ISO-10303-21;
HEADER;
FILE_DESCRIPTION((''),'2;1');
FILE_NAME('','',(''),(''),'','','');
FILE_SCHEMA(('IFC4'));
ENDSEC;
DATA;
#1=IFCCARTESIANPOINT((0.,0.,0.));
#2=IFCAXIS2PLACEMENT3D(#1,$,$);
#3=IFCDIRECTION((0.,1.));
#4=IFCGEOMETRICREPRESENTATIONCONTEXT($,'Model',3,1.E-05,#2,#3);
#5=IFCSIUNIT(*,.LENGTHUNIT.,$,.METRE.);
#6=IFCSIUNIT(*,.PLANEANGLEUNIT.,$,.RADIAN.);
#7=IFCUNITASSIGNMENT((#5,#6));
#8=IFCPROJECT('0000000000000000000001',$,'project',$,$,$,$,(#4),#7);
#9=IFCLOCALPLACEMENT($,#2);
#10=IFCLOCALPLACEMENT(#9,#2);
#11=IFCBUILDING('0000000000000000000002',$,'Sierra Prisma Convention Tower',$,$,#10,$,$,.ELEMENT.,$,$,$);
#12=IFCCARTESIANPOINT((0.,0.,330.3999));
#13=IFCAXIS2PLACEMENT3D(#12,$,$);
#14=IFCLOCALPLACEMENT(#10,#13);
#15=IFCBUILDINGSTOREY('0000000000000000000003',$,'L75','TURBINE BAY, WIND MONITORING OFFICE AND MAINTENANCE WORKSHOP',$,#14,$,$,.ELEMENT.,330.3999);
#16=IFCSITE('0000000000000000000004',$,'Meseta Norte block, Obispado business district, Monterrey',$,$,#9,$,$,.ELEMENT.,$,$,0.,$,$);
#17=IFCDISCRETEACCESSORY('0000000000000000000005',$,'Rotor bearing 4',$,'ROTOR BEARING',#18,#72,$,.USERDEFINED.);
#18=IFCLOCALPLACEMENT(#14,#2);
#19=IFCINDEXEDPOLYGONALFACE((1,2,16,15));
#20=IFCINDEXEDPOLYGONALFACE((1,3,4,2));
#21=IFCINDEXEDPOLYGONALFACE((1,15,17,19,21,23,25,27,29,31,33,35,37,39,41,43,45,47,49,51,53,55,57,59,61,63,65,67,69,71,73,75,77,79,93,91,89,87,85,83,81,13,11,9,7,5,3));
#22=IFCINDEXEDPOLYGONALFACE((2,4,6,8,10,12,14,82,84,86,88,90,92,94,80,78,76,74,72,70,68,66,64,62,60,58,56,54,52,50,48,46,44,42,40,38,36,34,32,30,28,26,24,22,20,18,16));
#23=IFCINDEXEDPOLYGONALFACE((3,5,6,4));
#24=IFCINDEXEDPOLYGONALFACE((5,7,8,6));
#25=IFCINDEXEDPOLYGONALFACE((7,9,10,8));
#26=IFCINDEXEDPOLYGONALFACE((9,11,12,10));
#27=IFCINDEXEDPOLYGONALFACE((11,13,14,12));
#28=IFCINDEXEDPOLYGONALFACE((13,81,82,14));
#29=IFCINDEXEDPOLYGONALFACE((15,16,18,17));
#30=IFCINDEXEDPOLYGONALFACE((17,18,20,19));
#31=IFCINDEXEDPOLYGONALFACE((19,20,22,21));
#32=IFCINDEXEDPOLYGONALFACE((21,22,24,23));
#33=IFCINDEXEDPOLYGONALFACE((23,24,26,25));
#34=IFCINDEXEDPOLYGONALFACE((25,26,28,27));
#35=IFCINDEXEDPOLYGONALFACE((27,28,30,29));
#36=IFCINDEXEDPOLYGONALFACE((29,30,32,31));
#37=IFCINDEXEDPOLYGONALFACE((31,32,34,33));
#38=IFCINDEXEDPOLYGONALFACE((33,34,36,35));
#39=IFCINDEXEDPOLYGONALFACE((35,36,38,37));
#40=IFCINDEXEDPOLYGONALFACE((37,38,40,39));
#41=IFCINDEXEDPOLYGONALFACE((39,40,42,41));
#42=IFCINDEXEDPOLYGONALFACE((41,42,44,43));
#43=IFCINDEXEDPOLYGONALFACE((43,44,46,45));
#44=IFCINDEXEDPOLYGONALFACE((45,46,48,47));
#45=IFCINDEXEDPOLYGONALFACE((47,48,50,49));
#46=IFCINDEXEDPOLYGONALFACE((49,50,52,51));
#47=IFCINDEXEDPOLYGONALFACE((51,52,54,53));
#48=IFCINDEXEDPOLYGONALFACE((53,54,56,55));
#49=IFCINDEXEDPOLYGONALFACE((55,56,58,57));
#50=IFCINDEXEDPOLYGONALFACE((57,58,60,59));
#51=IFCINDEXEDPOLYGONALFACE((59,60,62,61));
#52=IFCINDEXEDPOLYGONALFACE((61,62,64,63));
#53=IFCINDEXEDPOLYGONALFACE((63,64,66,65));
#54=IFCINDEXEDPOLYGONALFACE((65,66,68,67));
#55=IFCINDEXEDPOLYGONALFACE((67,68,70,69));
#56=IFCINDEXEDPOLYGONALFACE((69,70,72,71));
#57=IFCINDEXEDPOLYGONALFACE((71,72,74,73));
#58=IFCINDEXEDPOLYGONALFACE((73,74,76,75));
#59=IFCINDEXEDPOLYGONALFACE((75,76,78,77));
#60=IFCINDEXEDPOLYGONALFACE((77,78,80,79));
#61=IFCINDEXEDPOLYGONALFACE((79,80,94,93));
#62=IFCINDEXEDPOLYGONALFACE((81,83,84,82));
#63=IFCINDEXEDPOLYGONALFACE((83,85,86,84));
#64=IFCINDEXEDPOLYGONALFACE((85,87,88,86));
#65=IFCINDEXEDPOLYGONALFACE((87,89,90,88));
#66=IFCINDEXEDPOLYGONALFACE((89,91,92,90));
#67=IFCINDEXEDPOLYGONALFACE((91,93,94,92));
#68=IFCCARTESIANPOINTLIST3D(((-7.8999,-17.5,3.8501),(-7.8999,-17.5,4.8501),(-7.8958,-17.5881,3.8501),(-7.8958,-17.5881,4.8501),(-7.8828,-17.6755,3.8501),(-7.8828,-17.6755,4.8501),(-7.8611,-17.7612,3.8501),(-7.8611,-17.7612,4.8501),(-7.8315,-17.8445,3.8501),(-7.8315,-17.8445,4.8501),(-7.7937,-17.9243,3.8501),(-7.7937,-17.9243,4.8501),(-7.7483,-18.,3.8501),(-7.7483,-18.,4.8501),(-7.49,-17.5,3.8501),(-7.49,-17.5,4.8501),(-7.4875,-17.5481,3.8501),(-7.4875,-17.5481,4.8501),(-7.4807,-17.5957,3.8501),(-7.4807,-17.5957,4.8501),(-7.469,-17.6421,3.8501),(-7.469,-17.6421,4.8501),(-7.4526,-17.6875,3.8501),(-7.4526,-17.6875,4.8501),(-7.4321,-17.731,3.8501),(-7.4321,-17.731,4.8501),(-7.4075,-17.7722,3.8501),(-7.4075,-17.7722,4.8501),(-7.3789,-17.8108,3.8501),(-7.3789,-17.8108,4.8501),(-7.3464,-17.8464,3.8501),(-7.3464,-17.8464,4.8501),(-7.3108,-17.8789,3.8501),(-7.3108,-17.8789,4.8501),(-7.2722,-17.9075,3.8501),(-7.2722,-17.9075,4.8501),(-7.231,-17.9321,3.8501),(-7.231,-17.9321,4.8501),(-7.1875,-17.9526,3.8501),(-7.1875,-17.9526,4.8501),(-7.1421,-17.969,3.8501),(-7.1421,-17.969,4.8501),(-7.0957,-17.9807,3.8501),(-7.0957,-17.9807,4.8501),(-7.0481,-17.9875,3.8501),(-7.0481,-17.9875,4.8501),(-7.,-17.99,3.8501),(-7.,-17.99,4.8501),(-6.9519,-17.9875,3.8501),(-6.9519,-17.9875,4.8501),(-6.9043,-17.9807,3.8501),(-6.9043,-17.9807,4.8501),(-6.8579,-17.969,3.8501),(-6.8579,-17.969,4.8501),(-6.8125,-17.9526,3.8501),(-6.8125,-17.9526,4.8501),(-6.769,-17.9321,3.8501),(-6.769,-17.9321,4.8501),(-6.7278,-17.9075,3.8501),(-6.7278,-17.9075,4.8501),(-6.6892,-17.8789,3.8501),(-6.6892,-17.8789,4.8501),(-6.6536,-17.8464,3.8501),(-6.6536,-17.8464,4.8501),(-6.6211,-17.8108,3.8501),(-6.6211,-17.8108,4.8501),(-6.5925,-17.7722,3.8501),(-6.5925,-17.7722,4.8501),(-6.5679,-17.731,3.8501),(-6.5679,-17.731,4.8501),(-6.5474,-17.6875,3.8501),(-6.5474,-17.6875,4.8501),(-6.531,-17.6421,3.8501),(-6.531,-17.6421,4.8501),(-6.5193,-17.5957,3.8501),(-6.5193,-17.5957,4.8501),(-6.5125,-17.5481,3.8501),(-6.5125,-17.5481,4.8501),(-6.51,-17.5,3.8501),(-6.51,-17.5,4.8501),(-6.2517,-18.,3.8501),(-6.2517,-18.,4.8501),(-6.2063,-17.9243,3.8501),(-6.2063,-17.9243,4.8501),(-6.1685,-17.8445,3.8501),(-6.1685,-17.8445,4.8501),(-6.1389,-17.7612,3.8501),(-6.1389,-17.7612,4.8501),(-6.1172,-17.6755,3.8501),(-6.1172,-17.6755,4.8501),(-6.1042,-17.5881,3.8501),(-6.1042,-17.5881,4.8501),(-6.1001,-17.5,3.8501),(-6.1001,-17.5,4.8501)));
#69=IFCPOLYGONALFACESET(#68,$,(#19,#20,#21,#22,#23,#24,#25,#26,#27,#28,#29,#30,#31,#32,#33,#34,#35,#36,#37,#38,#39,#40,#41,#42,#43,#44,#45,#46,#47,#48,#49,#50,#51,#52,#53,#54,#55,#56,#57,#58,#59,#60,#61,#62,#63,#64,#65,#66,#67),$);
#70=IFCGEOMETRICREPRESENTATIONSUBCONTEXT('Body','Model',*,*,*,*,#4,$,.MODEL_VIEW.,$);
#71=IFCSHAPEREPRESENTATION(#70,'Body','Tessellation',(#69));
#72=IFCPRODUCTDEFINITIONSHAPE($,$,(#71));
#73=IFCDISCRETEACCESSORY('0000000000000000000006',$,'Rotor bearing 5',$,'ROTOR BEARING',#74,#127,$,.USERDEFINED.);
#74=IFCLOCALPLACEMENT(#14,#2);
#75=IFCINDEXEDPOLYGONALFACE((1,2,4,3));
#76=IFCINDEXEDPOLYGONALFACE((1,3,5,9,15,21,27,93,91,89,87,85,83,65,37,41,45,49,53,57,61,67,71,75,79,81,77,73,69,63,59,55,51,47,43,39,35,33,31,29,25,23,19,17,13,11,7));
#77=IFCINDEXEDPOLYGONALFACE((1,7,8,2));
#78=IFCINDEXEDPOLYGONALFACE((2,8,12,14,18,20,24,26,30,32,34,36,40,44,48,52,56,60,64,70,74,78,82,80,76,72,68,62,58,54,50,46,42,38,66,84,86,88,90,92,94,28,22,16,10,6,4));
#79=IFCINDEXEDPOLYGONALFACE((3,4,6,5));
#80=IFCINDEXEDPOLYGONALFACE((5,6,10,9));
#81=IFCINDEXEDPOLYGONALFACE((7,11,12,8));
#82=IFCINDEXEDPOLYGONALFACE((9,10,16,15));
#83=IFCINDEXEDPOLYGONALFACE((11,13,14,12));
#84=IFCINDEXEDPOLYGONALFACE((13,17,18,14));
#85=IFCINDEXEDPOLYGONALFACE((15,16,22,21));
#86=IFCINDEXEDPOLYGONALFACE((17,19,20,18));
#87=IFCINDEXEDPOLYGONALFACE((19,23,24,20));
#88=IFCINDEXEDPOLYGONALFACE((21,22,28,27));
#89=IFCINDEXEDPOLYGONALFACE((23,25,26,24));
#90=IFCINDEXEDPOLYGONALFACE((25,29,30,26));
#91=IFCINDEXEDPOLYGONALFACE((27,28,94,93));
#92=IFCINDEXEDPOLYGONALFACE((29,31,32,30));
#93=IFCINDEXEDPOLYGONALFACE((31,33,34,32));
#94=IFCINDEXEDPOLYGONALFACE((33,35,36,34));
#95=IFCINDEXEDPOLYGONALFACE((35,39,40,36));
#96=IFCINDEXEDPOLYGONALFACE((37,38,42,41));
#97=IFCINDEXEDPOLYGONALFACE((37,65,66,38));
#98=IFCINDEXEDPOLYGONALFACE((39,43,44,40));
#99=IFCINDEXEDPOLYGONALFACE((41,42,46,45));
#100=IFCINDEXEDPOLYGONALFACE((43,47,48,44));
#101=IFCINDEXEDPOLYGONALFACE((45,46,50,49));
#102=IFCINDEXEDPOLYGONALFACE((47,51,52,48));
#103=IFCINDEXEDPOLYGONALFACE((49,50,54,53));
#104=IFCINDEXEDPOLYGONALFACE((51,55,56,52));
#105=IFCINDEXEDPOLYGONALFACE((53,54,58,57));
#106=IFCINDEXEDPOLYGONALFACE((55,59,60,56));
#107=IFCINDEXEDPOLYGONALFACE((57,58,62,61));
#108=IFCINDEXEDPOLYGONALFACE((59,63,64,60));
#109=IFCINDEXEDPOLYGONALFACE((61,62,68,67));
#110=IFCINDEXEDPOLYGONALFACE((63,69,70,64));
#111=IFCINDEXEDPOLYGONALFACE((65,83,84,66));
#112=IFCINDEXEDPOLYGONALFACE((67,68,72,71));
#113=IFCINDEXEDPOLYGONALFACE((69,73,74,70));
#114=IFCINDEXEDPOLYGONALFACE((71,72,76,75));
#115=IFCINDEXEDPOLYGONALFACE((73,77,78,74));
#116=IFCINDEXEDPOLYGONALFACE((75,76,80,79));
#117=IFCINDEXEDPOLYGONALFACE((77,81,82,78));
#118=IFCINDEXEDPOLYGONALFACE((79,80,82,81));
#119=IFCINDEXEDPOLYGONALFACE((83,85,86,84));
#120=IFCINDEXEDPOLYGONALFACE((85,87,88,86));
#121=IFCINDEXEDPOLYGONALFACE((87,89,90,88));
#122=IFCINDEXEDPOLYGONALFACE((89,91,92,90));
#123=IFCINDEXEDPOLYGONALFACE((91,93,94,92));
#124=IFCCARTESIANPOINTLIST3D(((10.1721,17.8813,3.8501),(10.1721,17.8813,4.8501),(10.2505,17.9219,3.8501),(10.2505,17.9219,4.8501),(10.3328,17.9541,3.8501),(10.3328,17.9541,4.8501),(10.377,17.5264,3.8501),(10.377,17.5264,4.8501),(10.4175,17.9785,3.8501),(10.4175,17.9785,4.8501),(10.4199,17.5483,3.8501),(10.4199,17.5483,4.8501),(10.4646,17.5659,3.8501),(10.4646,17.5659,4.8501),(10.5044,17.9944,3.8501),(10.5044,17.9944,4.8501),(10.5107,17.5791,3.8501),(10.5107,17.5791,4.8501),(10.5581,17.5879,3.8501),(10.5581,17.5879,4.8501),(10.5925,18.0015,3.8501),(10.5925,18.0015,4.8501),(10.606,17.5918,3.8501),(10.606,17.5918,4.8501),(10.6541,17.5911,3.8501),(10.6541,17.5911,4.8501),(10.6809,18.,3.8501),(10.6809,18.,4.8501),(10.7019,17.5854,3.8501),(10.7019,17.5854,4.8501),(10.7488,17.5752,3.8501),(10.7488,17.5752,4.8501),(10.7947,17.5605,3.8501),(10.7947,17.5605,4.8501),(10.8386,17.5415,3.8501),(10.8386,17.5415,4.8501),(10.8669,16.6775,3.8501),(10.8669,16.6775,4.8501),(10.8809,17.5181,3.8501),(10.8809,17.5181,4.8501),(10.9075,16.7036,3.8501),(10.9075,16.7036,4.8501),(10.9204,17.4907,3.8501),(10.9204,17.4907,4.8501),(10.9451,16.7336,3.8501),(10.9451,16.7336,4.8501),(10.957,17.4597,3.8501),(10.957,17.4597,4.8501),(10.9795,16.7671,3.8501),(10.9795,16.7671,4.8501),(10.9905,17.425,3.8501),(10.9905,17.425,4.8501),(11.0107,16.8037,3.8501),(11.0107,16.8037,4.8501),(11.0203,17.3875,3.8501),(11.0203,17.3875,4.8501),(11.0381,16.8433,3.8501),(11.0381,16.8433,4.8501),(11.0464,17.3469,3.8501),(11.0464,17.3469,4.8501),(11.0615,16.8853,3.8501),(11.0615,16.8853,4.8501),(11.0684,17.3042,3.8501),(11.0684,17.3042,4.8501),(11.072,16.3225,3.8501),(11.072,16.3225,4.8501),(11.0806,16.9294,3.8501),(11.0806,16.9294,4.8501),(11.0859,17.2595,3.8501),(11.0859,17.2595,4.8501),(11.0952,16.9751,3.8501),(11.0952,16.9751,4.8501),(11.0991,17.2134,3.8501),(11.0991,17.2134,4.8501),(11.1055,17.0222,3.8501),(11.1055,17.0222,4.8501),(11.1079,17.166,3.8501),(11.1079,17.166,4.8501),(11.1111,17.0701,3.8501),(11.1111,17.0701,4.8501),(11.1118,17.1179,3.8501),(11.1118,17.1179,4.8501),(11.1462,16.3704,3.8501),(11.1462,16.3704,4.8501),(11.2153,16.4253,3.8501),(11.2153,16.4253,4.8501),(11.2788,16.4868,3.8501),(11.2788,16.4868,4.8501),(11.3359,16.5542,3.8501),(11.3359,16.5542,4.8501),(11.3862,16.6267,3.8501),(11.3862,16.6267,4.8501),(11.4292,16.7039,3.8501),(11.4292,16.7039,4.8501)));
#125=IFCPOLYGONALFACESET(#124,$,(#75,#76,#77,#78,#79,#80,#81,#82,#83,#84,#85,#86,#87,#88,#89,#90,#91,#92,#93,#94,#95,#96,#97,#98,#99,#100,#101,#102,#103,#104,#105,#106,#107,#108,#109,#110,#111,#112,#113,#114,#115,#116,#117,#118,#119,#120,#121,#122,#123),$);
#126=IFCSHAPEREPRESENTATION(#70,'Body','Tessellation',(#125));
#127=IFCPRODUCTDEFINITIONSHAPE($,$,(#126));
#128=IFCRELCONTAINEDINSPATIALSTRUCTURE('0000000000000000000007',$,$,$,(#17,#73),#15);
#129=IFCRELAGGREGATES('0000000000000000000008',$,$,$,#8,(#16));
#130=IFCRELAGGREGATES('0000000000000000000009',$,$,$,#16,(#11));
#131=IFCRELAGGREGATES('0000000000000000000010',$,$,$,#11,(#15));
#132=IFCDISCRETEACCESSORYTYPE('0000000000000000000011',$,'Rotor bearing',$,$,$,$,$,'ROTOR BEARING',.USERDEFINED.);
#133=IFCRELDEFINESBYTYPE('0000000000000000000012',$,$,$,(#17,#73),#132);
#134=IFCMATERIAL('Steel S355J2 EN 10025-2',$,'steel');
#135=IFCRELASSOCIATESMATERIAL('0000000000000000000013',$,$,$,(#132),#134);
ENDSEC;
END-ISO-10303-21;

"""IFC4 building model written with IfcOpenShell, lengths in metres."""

from ifc_helpers import new_model, si_unit, direction, frame, origin, place, context, subcontext, project, spatial, polyline, outline, extrude, material, type_object, element, save


model = new_model("IFC4")

# Units and contexts
model_context = context("Model", 3, precision=1e-05, world=origin(), true_north=direction((0.0, 1.0)))
body_context = subcontext(model_context, "Body", "Model", "MODEL_VIEW")
ifc_project = project(units=[si_unit("LENGTHUNIT", "METRE"), si_unit("PLANEANGLEUNIT", "RADIAN")], contexts=[model_context])

# Site, building, storey
site_placement = place(None, origin())
site = spatial("IfcSite", under=ifc_project, at=site_placement, Name="Meseta Norte block, Obispado business district, Monterrey", CompositionType="ELEMENT", RefElevation=0.0)
building_placement = place(site_placement, origin())
building = spatial("IfcBuilding", under=site, at=building_placement, Name="Sierra Prisma Convention Tower", CompositionType="ELEMENT")
storey_placement = place(building_placement, frame((0.0, 0.0, 330.3999)))
storey = spatial("IfcBuildingStorey", under=building, at=storey_placement, Name="L75", Description="TURBINE BAY, WIND MONITORING OFFICE AND MAINTENANCE WORKSHOP", CompositionType="ELEMENT", Elevation=330.3999)

# Discrete accessories
ifc_material_1 = material(Name="Steel S355J2 EN 10025-2", Category="steel")
discrete_accessory_type_1 = type_object("IfcDiscreteAccessoryType", Name="Rotor bearing", ElementType="ROTOR BEARING", PredefinedType="USERDEFINED", material=ifc_material_1)
discrete_accessory_1_placement = place(storey_placement, frame((0.0, 0.0, 3.8501)))
element("IfcDiscreteAccessory", 1, at=discrete_accessory_1_placement, inside=storey, type_object=discrete_accessory_type_1, Name="Rotor bearing 4", ObjectType="ROTOR BEARING", PredefinedType="USERDEFINED", context=body_context, shape_type="SweptSolid", body=[
    extrude(outline(polyline([(-7.7937, -17.9243), (-7.8315, -17.8445), (-7.8611, -17.7612), (-7.8828, -17.6755), (-7.8958, -17.5881), (-7.8999, -17.5), (-7.49, -17.5), (-7.4875, -17.5481), (-7.4807, -17.5957), (-7.469, -17.6421), (-7.4526, -17.6875), (-7.4321, -17.731), (-7.4075, -17.7722), (-7.3789, -17.8108), (-7.3464, -17.8464), (-7.3108, -17.8789), (-7.2722, -17.9075), (-7.231, -17.9321), (-7.1875, -17.9526), (-7.1421, -17.969), (-7.0957, -17.9807), (-7.0481, -17.9875), (-7.0, -17.99), (-6.9519, -17.9875), (-6.9043, -17.9807), (-6.8579, -17.969), (-6.8125, -17.9526), (-6.769, -17.9321), (-6.7278, -17.9075), (-6.6892, -17.8789), (-6.6536, -17.8464), (-6.6211, -17.8108), (-6.5925, -17.7722), (-6.5679, -17.731), (-6.5474, -17.6875), (-6.531, -17.6421), (-6.5193, -17.5957), (-6.5125, -17.5481), (-6.51, -17.5), (-6.1001, -17.5), (-6.1042, -17.5881), (-6.1172, -17.6755), (-6.1389, -17.7612), (-6.1685, -17.8445), (-6.2063, -17.9243), (-6.2517, -18.0), (-7.7483, -18.0), (-7.7937, -17.9243)])), origin(), (0.0, 0.0, 1.0), 1.0),
])
discrete_accessory_2_placement = place(storey_placement, frame((0.0, 0.0, 3.8501)))
element("IfcDiscreteAccessory", 2, at=discrete_accessory_2_placement, inside=storey, type_object=discrete_accessory_type_1, Name="Rotor bearing 5", ObjectType="ROTOR BEARING", PredefinedType="USERDEFINED", context=body_context, shape_type="SweptSolid", body=[
    extrude(outline(polyline([(11.3862, 16.6267), (11.3359, 16.5542), (11.2788, 16.4868), (11.2153, 16.4253), (11.1462, 16.3704), (11.072, 16.3225), (10.8669, 16.6775), (10.9075, 16.7036), (10.9451, 16.7336), (10.9795, 16.7671), (11.0107, 16.8037), (11.0381, 16.8433), (11.0615, 16.8853), (11.0806, 16.9294), (11.0952, 16.9751), (11.1055, 17.0222), (11.1111, 17.0701), (11.1118, 17.1179), (11.1079, 17.166), (11.0991, 17.2134), (11.0859, 17.2595), (11.0684, 17.3042), (11.0464, 17.3469), (11.0203, 17.3875), (10.9905, 17.425), (10.957, 17.4597), (10.9204, 17.4907), (10.8809, 17.5181), (10.8386, 17.5415), (10.7947, 17.5605), (10.7488, 17.5752), (10.7019, 17.5854), (10.6541, 17.5911), (10.606, 17.5918), (10.5581, 17.5879), (10.5107, 17.5791), (10.4646, 17.5659), (10.4199, 17.5483), (10.377, 17.5264), (10.1721, 17.8813), (10.2505, 17.9219), (10.3328, 17.9541), (10.4175, 17.9785), (10.5044, 17.9944), (10.5925, 18.0015), (10.6809, 18.0), (11.4292, 16.7039), (11.3862, 16.6267)])), origin(), (0.0, 0.0, 1.0), 1.0),
])

save(model, "model.ifc")
